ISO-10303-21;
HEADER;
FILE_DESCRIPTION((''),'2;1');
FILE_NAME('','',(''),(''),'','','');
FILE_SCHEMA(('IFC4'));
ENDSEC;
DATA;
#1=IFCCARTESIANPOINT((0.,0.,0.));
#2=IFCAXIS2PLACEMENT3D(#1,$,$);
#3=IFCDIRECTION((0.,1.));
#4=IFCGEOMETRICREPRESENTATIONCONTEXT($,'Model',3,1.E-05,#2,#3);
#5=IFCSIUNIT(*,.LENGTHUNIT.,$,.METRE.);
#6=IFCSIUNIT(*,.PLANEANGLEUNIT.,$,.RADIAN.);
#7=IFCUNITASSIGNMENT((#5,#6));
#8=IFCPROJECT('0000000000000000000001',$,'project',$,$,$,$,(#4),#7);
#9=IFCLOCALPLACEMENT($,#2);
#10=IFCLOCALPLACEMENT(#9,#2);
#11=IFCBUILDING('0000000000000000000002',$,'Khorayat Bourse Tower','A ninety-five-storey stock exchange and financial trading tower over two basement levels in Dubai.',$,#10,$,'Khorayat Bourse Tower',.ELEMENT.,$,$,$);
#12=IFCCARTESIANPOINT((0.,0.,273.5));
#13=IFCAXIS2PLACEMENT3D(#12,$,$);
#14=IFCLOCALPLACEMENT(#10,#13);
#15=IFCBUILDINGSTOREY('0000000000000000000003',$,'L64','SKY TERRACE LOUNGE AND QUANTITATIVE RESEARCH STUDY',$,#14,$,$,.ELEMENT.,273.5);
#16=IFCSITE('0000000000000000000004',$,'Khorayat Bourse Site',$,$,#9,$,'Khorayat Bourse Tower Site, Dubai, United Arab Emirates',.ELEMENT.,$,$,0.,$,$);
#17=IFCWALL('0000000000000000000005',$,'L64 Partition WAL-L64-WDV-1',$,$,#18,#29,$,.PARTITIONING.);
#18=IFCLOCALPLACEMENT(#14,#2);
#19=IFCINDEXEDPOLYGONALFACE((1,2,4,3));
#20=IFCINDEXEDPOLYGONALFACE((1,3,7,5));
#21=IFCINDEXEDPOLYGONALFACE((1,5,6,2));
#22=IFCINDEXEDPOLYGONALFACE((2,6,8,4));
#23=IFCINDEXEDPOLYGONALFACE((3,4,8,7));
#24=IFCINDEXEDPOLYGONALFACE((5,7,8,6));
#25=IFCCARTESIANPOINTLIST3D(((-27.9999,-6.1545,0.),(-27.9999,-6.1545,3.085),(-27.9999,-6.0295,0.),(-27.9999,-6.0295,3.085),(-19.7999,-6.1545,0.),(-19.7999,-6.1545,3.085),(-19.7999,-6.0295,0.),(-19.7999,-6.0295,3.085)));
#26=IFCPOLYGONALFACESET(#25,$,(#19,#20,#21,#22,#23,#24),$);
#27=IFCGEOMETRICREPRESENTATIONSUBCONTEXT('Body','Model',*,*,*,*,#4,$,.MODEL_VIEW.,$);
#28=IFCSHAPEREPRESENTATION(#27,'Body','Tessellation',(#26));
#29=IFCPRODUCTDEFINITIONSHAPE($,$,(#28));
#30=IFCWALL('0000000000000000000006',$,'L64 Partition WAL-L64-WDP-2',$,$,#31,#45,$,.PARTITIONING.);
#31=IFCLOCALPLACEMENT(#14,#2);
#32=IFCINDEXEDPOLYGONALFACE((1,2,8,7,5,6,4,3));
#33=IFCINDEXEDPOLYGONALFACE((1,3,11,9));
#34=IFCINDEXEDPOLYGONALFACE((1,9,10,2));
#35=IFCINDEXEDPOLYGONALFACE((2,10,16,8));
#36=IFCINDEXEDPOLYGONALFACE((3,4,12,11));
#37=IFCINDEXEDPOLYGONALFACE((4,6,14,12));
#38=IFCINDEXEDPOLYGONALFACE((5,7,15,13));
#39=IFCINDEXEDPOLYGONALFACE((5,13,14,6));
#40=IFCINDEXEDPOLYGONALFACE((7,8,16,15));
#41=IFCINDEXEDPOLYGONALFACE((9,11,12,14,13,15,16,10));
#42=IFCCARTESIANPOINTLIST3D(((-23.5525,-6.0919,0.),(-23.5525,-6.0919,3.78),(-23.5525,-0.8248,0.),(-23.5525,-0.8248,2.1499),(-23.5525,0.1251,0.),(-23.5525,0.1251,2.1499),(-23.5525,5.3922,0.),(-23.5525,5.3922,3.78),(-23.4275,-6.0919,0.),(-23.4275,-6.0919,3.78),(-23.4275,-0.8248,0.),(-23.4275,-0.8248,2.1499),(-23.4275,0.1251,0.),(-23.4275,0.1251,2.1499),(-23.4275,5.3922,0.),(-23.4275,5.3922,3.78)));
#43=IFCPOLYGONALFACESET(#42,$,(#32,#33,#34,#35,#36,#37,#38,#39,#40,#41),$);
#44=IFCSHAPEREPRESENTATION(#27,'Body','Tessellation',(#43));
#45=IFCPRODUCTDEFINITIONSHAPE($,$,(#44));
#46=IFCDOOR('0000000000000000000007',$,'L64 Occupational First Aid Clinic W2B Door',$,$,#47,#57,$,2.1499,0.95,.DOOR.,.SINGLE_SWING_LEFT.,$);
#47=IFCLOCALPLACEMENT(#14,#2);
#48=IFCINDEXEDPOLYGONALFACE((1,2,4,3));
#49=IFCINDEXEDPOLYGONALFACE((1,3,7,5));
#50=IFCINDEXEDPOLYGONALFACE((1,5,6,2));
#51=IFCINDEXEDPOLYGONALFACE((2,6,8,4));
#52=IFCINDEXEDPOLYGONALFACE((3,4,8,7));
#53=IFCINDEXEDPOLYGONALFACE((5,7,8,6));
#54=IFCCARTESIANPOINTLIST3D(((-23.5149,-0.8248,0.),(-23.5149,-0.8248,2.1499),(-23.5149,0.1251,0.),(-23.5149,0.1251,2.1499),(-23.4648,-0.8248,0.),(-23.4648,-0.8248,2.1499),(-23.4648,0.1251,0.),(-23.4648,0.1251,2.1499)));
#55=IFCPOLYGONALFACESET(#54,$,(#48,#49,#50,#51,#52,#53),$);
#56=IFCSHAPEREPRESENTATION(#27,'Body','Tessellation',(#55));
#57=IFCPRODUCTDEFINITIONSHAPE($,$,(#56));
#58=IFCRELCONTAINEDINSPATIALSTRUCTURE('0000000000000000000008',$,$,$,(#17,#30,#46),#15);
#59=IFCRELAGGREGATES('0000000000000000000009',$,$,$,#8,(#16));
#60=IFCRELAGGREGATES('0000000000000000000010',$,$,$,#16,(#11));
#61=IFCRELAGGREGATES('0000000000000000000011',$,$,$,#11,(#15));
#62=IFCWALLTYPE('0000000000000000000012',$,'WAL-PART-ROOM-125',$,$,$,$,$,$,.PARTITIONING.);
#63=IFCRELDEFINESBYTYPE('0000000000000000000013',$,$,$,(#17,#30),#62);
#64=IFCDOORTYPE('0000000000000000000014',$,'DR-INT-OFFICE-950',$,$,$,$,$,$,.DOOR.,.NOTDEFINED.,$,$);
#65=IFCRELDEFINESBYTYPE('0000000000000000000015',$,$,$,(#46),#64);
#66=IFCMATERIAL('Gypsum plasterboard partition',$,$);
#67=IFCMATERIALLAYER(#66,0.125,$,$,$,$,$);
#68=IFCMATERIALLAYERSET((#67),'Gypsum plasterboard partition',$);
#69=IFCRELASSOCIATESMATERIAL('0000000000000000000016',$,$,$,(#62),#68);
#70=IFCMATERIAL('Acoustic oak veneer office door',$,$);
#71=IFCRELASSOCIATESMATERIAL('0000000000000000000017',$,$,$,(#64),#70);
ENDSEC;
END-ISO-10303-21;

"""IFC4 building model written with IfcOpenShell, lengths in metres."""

from ifc_helpers import new_model, si_unit, direction, frame, frame_2d, origin, place, context, subcontext, project, spatial, rectangle, extrude, source, transform, mapped, material, layer, layer_set, type_object, element, fill, save


model = new_model("IFC4")

# Units and contexts
model_context = context("Model", 3, precision=1e-05, world=origin(), true_north=direction((0.0, 1.0)))
body_context = subcontext(model_context, "Body", "Model", "MODEL_VIEW")
ifc_project = project(units=[si_unit("LENGTHUNIT", "METRE"), si_unit("PLANEANGLEUNIT", "RADIAN")], contexts=[model_context])

# Site, building, storey
site_placement = place(None, origin())
site = spatial("IfcSite", under=ifc_project, at=site_placement, Name="Khorayat Bourse Site", LongName="Khorayat Bourse Tower Site, Dubai, United Arab Emirates", CompositionType="ELEMENT", RefElevation=0.0)
building_placement = place(site_placement, origin())
building = spatial("IfcBuilding", under=site, at=building_placement, Name="Khorayat Bourse Tower", Description="A ninety-five-storey stock exchange and financial trading tower over two basement levels in Dubai.", LongName="Khorayat Bourse Tower", CompositionType="ELEMENT")
storey_placement = place(building_placement, frame((0.0, 0.0, 273.5)))
storey = spatial("IfcBuildingStorey", under=building, at=storey_placement, Name="L64", Description="SKY TERRACE LOUNGE AND QUANTITATIVE RESEARCH STUDY", CompositionType="ELEMENT", Elevation=273.5)

# Wall
ifc_material_1 = material(Name="Gypsum plasterboard partition")
ifc_layer_1 = layer(ifc_material_1, 0.125)
ifc_layer_set_1 = layer_set([ifc_layer_1], Name="Gypsum plasterboard partition")
wall_type_1 = type_object("IfcWallType", Name="WAL-PART-ROOM-125", PredefinedType="PARTITIONING", material=ifc_layer_set_1)
shared_shape_1 = source(origin(), body_context, "Body", "SweptSolid", [
    extrude(rectangle(XDim=8.2, YDim=0.125, at=frame_2d((4.1001, 0.0))), origin(), (0.0, 0.0, 1.0), 3.085),
])
wall_1_placement = place(storey_placement, frame((-28.0, -6.092, 0.0), z_axis=(0.0, 0.0, 1.0), x_axis=(1.0, 0.0, 0.0)))
element("IfcWall", 1, at=wall_1_placement, inside=storey, type_object=wall_type_1, Name="L64 Partition WAL-L64-WDV-1", PredefinedType="PARTITIONING", context=body_context, shape_type="MappedRepresentation", body=[
    mapped(shared_shape_1, transform((0.0, 0.0, 0.0), scale=1.0)),
])

# Wall, opening, door
shared_shape_2 = source(origin(), body_context, "Body", "SweptSolid", [
    extrude(rectangle(XDim=11.4841, YDim=0.125, at=frame_2d((5.7422, 0.0))), origin(), (0.0, 0.0, 1.0), 3.78),
])
wall_2_placement = place(storey_placement, frame((-23.49, -6.092, 0.0), z_axis=(0.0, 0.0, 1.0), x_axis=(0.0, 1.0, 0.0)))
wall_2 = element("IfcWall", 2, at=wall_2_placement, inside=storey, type_object=wall_type_1, Name="L64 Partition WAL-L64-WDP-2", PredefinedType="PARTITIONING", context=body_context, shape_type="MappedRepresentation", body=[
    mapped(shared_shape_2, transform((0.0, 0.0, 0.0), scale=1.0)),
])
shared_shape_3 = source(origin(), body_context, "Body", "SweptSolid", [
    extrude(rectangle(XDim=0.95, YDim=2.1499, at=frame_2d((0.4751, 1.075))), frame((0.0, 0.0725, 0.0), z_axis=(0.0, -1.0, 0.0), x_axis=(1.0, 0.0, 0.0)), (0.0, 0.0, 1.0), 0.145),
])
opening_1_placement = place(wall_2_placement, frame((5.2671, 0.0, 0.0)))
opening_1 = element("IfcOpeningElement", 3, at=opening_1_placement, cuts=wall_2, PredefinedType="OPENING", context=body_context, shape_type="MappedRepresentation", body=[
    mapped(shared_shape_3, transform((0.0, 0.0, 0.0), scale=1.0)),
])
ifc_material_2 = material(Name="Acoustic oak veneer office door")
door_type_1 = type_object("IfcDoorType", Name="DR-INT-OFFICE-950", OperationType="NOTDEFINED", PredefinedType="DOOR", material=ifc_material_2)
shared_shape_4 = source(origin(), body_context, "Body", "SweptSolid", [
    extrude(rectangle(XDim=0.95, YDim=2.1499, at=frame_2d((0.4751, 1.075))), frame((0.0, 0.0249, 0.0), z_axis=(0.0, -1.0, 0.0), x_axis=(1.0, 0.0, 0.0)), (0.0, 0.0, 1.0), 0.05),
])
door_1_placement = place(opening_1_placement, origin())
door_1 = element("IfcDoor", 4, at=door_1_placement, inside=storey, type_object=door_type_1, Name="L64 Occupational First Aid Clinic W2B Door", OperationType="SINGLE_SWING_LEFT", OverallHeight=2.1499, OverallWidth=0.95, PredefinedType="DOOR", context=body_context, shape_type="MappedRepresentation", body=[
    mapped(shared_shape_4, transform((0.0, 0.0, 0.0), scale=1.0)),
])
fill(opening_1, door_1)

save(model, "model.ifc")
